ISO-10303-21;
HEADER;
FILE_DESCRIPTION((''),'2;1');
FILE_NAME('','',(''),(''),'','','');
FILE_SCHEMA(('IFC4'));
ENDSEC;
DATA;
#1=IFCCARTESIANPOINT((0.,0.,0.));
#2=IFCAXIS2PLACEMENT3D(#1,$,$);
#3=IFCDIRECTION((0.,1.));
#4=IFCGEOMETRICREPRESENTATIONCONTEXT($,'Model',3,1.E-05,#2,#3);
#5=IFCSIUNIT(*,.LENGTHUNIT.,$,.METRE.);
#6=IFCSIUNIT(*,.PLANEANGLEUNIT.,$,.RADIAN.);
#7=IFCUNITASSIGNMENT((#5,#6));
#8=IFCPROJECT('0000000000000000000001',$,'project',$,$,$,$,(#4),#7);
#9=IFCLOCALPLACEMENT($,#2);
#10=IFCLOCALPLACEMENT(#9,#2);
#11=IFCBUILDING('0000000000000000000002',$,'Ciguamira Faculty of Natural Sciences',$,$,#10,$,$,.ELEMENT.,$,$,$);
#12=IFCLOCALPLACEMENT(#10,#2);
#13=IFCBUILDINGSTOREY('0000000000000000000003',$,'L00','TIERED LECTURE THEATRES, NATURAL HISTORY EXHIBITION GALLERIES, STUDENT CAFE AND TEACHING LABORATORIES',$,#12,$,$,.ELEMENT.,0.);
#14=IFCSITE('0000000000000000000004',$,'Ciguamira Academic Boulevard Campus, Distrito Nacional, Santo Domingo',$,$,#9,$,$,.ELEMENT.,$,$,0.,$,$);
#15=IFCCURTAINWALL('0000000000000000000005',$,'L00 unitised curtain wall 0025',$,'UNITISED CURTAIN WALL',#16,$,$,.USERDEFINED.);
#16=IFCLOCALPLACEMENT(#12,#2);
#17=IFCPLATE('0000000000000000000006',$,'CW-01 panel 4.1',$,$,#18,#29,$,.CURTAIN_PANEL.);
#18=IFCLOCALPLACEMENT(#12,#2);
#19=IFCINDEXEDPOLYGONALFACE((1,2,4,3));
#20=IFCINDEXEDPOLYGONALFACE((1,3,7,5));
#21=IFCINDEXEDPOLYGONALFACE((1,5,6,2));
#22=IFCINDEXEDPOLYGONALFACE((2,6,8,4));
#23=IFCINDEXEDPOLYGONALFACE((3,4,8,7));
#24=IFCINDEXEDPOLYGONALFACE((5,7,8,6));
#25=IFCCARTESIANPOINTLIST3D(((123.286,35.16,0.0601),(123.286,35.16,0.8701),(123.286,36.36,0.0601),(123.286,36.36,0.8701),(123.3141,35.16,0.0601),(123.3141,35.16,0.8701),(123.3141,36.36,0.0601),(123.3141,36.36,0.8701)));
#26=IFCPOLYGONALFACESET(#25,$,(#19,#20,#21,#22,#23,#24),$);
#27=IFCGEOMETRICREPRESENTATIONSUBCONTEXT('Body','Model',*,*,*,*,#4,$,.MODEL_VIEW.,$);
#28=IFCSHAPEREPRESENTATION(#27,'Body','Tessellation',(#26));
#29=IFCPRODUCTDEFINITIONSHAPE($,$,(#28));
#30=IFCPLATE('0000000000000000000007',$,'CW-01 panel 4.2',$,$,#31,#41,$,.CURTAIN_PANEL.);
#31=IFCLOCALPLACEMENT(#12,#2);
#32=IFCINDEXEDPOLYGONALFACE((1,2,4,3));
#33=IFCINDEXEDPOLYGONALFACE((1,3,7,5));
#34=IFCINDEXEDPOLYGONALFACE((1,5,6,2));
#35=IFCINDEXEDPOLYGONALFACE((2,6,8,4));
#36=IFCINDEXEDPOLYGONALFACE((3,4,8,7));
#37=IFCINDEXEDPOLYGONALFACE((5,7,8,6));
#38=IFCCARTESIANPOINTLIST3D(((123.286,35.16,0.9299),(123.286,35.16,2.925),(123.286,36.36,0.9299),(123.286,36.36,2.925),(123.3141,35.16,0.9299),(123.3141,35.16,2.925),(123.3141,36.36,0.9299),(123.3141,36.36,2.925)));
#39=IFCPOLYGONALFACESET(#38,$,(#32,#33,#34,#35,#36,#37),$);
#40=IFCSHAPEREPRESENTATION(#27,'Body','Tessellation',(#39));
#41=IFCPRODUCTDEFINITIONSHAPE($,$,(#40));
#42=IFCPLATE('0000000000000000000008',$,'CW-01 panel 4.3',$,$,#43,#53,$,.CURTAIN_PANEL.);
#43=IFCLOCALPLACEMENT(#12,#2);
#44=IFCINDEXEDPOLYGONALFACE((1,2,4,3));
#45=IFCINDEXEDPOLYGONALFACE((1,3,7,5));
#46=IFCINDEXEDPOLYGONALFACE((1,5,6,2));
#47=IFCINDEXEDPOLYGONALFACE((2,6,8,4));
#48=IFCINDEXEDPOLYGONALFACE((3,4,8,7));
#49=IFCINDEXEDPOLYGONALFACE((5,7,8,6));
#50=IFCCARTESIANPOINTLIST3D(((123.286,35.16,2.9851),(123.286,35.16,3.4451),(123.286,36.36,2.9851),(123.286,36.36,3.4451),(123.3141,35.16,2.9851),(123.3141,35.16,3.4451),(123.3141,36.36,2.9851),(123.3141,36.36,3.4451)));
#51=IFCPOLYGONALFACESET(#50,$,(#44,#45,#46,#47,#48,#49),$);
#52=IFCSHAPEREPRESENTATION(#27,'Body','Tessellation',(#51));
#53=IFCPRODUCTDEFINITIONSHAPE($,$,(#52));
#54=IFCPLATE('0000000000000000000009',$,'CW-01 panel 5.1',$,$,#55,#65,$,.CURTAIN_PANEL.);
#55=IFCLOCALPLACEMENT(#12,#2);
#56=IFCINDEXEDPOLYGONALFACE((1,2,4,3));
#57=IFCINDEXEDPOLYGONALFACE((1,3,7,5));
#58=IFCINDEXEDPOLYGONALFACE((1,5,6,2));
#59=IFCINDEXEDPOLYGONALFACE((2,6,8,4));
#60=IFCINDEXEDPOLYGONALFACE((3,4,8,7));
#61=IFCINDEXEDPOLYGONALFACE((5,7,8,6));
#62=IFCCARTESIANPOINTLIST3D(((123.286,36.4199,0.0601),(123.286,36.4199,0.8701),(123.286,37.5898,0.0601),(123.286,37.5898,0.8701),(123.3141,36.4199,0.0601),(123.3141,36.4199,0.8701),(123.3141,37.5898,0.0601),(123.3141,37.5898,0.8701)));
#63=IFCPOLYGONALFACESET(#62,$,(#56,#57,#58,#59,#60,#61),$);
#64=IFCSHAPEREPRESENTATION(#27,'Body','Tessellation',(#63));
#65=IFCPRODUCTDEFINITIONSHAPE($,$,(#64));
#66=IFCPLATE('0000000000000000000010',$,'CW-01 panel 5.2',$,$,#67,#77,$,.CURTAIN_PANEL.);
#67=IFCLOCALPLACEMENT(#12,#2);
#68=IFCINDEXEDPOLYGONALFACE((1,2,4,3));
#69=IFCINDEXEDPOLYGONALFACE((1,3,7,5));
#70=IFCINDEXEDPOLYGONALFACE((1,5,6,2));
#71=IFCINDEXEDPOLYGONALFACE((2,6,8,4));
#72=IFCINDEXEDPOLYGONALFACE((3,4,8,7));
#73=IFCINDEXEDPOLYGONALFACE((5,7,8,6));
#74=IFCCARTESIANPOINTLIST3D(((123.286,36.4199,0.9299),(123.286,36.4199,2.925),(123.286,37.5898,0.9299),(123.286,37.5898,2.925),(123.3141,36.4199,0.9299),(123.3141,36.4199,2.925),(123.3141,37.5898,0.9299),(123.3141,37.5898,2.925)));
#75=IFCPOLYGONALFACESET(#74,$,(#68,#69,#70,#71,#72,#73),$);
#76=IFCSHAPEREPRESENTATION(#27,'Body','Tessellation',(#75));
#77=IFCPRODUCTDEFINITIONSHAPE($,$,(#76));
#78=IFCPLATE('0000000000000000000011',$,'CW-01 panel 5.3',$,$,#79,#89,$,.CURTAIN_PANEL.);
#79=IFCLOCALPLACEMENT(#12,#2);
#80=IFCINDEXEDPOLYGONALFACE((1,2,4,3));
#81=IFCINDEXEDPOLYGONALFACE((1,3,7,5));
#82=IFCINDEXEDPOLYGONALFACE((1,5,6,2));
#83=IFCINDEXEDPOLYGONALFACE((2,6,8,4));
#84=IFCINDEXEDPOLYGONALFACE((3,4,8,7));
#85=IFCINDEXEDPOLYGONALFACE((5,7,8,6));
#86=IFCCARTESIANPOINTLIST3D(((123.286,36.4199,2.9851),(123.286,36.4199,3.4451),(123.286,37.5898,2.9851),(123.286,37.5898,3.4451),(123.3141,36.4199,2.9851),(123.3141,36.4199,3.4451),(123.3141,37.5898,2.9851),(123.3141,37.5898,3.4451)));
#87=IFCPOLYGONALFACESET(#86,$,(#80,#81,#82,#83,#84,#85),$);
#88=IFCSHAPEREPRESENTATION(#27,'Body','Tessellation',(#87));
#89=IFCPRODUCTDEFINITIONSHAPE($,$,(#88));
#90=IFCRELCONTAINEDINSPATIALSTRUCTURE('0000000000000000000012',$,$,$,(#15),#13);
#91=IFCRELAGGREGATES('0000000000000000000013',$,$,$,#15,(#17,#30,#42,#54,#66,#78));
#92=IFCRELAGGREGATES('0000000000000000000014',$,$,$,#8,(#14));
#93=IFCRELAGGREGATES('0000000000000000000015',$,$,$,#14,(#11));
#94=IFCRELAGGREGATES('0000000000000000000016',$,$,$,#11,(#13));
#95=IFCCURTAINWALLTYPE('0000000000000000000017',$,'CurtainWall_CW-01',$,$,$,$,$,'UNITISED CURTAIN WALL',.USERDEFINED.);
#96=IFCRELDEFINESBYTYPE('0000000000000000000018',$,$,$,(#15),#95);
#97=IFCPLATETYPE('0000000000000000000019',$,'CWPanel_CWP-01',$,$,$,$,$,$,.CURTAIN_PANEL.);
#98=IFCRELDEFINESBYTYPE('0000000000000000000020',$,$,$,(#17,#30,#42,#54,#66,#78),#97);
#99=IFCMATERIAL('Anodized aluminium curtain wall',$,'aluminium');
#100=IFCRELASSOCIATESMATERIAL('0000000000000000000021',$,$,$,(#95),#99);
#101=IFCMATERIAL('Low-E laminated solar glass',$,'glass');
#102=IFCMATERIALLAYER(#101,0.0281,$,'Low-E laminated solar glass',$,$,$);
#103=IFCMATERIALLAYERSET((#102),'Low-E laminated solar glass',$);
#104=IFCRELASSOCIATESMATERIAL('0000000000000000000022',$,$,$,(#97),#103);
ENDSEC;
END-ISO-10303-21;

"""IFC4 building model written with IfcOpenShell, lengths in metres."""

from ifc_helpers import new_model, si_unit, direction, frame, origin, origin_2d, place, context, subcontext, project, spatial, rectangle, extrude, material, layer, layer_set, type_object, element, aggregate, save


model = new_model("IFC4")

# Units and contexts
model_context = context("Model", 3, precision=1e-05, world=origin(), true_north=direction((0.0, 1.0)))
body_context = subcontext(model_context, "Body", "Model", "MODEL_VIEW")
ifc_project = project(units=[si_unit("LENGTHUNIT", "METRE"), si_unit("PLANEANGLEUNIT", "RADIAN")], contexts=[model_context])

# Site, building, storey
site_placement = place(None, origin())
site = spatial("IfcSite", under=ifc_project, at=site_placement, Name="Ciguamira Academic Boulevard Campus, Distrito Nacional, Santo Domingo", CompositionType="ELEMENT", RefElevation=0.0)
building_placement = place(site_placement, origin())
building = spatial("IfcBuilding", under=site, at=building_placement, Name="Ciguamira Faculty of Natural Sciences", CompositionType="ELEMENT")
storey_placement = place(building_placement, origin())
storey = spatial("IfcBuildingStorey", under=building, at=storey_placement, Name="L00", Description="TIERED LECTURE THEATRES, NATURAL HISTORY EXHIBITION GALLERIES, STUDENT CAFE AND TEACHING LABORATORIES", CompositionType="ELEMENT", Elevation=0.0)

# Curtain wall, plates
ifc_material_1 = material(Name="Anodized aluminium curtain wall", Category="aluminium")
curtain_wall_type = type_object("IfcCurtainWallType", Name="CurtainWall_CW-01", ElementType="UNITISED CURTAIN WALL", PredefinedType="USERDEFINED", material=ifc_material_1)
curtain_wall_placement = place(storey_placement, origin())
curtain_wall = element("IfcCurtainWall", 1, at=curtain_wall_placement, inside=storey, type_object=curtain_wall_type, Name="L00 unitised curtain wall 0025", ObjectType="UNITISED CURTAIN WALL", PredefinedType="USERDEFINED")
ifc_material_2 = material(Name="Low-E laminated solar glass", Category="glass")
ifc_layer = layer(ifc_material_2, 0.0281, Name="Low-E laminated solar glass")
ifc_layer_set = layer_set([ifc_layer], Name="Low-E laminated solar glass")
plate_type = type_object("IfcPlateType", Name="CWPanel_CWP-01", PredefinedType="CURTAIN_PANEL", material=ifc_layer_set)
plate_1_placement = place(storey_placement, frame((123.3, 35.76, 0.0601), z_axis=(0.0, 0.0, 1.0), x_axis=(0.0, 1.0, 0.0)))
plate_1 = element("IfcPlate", 2, at=plate_1_placement, type_object=plate_type, Name="CW-01 panel 4.1", PredefinedType="CURTAIN_PANEL", context=body_context, shape_type="SweptSolid", body=[
    extrude(rectangle(XDim=1.2, YDim=0.0281, at=origin_2d()), origin(), (0.0, 0.0, 1.0), 0.8101),
])
plate_2_placement = place(storey_placement, frame((123.3, 35.76, 0.9299), z_axis=(0.0, 0.0, 1.0), x_axis=(0.0, 1.0, 0.0)))
plate_2 = element("IfcPlate", 3, at=plate_2_placement, type_object=plate_type, Name="CW-01 panel 4.2", PredefinedType="CURTAIN_PANEL", context=body_context, shape_type="SweptSolid", body=[
    extrude(rectangle(XDim=1.2, YDim=0.0281, at=origin_2d()), origin(), (0.0, 0.0, 1.0), 1.9951),
])
plate_3_placement = place(storey_placement, frame((123.3, 35.76, 2.9851), z_axis=(0.0, 0.0, 1.0), x_axis=(0.0, 1.0, 0.0)))
plate_3 = element("IfcPlate", 4, at=plate_3_placement, type_object=plate_type, Name="CW-01 panel 4.3", PredefinedType="CURTAIN_PANEL", context=body_context, shape_type="SweptSolid", body=[
    extrude(rectangle(XDim=1.2, YDim=0.0281, at=origin_2d()), origin(), (0.0, 0.0, 1.0), 0.46),
])
plate_4_placement = place(storey_placement, frame((123.3, 37.0049, 0.0601), z_axis=(0.0, 0.0, 1.0), x_axis=(0.0, 1.0, 0.0)))
plate_4 = element("IfcPlate", 5, at=plate_4_placement, type_object=plate_type, Name="CW-01 panel 5.1", PredefinedType="CURTAIN_PANEL", context=body_context, shape_type="SweptSolid", body=[
    extrude(rectangle(XDim=1.1699, YDim=0.0281, at=origin_2d()), origin(), (0.0, 0.0, 1.0), 0.8101),
])
plate_5_placement = place(storey_placement, frame((123.3, 37.0049, 0.9299), z_axis=(0.0, 0.0, 1.0), x_axis=(0.0, 1.0, 0.0)))
plate_5 = element("IfcPlate", 6, at=plate_5_placement, type_object=plate_type, Name="CW-01 panel 5.2", PredefinedType="CURTAIN_PANEL", context=body_context, shape_type="SweptSolid", body=[
    extrude(rectangle(XDim=1.1699, YDim=0.0281, at=origin_2d()), origin(), (0.0, 0.0, 1.0), 1.9951),
])
plate_6_placement = place(storey_placement, frame((123.3, 37.0049, 2.9851), z_axis=(0.0, 0.0, 1.0), x_axis=(0.0, 1.0, 0.0)))
plate_6 = element("IfcPlate", 7, at=plate_6_placement, type_object=plate_type, Name="CW-01 panel 5.3", PredefinedType="CURTAIN_PANEL", context=body_context, shape_type="SweptSolid", body=[
    extrude(rectangle(XDim=1.1699, YDim=0.0281, at=origin_2d()), origin(), (0.0, 0.0, 1.0), 0.46),
])
aggregate(curtain_wall, [plate_1, plate_2, plate_3, plate_4, plate_5, plate_6])

save(model, "model.ifc")
